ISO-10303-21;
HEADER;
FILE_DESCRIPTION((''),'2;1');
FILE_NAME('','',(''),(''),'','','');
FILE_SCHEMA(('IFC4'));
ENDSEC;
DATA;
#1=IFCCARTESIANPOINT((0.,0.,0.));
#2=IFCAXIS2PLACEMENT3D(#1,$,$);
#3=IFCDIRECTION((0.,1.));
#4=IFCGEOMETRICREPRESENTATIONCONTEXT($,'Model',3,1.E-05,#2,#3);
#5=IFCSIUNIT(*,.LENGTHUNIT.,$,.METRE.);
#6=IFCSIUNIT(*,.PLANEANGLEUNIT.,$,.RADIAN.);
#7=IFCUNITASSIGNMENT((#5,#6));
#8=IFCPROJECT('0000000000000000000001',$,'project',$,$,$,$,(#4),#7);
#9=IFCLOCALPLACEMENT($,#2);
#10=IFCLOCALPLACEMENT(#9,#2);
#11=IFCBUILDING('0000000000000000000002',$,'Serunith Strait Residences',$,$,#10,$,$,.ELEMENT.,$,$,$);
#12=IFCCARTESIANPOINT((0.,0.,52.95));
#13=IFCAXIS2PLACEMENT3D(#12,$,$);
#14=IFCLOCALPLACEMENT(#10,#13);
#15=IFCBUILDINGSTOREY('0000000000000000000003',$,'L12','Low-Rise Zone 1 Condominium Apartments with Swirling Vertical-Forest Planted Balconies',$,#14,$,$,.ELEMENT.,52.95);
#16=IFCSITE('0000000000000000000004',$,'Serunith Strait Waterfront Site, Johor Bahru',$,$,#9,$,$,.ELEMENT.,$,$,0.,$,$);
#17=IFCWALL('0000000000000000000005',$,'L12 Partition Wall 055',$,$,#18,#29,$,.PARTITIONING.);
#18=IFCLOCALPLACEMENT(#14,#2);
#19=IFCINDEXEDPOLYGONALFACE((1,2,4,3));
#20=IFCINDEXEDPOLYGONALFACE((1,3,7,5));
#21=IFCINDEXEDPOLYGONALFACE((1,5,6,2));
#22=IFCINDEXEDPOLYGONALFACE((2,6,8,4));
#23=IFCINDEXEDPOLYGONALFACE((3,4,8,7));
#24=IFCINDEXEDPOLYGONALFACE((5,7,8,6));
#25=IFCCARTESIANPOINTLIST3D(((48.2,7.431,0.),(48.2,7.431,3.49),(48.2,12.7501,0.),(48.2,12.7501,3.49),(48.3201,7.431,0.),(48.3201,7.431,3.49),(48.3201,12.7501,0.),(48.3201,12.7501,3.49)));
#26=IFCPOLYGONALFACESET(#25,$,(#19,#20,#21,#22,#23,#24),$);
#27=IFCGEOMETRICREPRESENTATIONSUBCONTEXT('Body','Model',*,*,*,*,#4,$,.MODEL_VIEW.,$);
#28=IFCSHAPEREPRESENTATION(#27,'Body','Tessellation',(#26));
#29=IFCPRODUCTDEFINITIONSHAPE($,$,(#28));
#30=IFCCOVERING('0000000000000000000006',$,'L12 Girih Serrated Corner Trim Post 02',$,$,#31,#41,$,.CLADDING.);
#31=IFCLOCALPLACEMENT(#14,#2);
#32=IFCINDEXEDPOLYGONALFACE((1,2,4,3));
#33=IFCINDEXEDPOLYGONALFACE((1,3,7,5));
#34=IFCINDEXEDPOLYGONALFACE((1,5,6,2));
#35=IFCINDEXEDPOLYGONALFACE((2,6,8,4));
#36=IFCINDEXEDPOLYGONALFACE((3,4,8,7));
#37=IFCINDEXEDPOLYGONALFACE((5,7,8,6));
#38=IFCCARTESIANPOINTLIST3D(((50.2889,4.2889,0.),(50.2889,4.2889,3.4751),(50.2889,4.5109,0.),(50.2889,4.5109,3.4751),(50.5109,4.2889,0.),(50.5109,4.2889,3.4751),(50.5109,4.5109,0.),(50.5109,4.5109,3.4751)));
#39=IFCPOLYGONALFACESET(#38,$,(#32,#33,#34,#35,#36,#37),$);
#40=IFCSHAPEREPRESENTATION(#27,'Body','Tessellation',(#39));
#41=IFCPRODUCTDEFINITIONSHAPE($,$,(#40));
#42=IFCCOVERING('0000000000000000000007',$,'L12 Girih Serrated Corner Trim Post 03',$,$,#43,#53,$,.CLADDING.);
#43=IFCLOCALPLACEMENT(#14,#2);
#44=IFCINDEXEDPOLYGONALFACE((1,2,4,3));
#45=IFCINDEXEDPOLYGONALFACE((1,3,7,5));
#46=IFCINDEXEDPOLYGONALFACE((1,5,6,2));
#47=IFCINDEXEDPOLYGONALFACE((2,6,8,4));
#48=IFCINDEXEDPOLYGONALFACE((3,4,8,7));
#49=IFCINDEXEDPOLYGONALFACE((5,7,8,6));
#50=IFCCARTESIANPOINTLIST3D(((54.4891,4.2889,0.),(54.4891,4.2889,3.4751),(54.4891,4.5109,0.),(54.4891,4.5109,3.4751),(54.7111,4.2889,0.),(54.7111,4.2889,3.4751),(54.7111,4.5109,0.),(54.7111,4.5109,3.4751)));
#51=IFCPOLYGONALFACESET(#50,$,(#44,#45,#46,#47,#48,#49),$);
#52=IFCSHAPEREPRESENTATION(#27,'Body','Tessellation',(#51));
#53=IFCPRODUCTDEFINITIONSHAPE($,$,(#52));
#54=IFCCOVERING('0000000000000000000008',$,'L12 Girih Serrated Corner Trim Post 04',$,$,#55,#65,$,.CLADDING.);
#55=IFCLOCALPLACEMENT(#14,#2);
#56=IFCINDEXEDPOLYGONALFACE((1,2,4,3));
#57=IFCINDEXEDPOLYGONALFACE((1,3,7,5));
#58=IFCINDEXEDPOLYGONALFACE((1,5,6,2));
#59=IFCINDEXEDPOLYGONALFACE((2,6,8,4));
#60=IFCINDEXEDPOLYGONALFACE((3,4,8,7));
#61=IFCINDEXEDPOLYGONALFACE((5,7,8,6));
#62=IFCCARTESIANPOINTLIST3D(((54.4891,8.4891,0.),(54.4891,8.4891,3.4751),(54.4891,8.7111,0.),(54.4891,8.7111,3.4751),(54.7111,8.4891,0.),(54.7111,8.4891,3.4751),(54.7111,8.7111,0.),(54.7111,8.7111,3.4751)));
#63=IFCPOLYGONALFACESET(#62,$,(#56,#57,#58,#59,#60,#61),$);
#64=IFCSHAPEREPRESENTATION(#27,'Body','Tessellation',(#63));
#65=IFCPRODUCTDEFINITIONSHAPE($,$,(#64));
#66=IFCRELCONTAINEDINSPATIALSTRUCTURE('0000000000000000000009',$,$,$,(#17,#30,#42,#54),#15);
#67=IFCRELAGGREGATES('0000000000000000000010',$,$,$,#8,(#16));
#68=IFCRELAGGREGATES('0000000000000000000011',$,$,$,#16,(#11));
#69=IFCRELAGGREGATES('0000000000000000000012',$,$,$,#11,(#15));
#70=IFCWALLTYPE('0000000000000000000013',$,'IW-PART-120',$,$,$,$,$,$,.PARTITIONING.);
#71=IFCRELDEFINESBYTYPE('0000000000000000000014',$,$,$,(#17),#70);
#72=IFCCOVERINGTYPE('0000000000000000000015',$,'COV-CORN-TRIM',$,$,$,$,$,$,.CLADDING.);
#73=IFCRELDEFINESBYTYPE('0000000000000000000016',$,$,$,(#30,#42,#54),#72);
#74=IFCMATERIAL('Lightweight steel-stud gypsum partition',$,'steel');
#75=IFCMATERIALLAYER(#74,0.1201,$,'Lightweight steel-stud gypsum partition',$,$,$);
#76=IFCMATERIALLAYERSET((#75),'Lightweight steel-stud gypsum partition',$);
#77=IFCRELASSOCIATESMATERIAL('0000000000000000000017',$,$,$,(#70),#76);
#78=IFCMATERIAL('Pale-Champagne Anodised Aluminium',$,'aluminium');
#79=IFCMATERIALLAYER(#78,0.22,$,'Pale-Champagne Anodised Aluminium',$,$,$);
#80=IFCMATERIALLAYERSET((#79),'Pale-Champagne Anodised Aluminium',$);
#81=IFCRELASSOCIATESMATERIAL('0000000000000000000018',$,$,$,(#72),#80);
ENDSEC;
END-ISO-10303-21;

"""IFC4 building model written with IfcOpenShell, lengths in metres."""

from ifc_helpers import new_model, si_unit, direction, frame, frame_2d, origin, origin_2d, place, context, subcontext, project, spatial, rectangle, extrude, source, transform, mapped, material, layer, layer_set, type_object, element, save


model = new_model("IFC4")

# Units and contexts
model_context = context("Model", 3, precision=1e-05, world=origin(), true_north=direction((0.0, 1.0)))
body_context = subcontext(model_context, "Body", "Model", "MODEL_VIEW")
ifc_project = project(units=[si_unit("LENGTHUNIT", "METRE"), si_unit("PLANEANGLEUNIT", "RADIAN")], contexts=[model_context])

# Site, building, storey
site_placement = place(None, origin())
site = spatial("IfcSite", under=ifc_project, at=site_placement, Name="Serunith Strait Waterfront Site, Johor Bahru", CompositionType="ELEMENT", RefElevation=0.0)
building_placement = place(site_placement, origin())
building = spatial("IfcBuilding", under=site, at=building_placement, Name="Serunith Strait Residences", CompositionType="ELEMENT")
storey_placement = place(building_placement, frame((0.0, 0.0, 52.95)))
storey = spatial("IfcBuildingStorey", under=building, at=storey_placement, Name="L12", Description="Low-Rise Zone 1 Condominium Apartments with Swirling Vertical-Forest Planted Balconies", CompositionType="ELEMENT", Elevation=52.95)

# Shared definitions
ifc_material_1 = material(Name="Pale-Champagne Anodised Aluminium", Category="aluminium")

# Shared definitions
ifc_material_2 = material(Name="Lightweight steel-stud gypsum partition", Category="steel")
ifc_layer_1 = layer(ifc_material_2, 0.1201, Name="Lightweight steel-stud gypsum partition")
ifc_layer_set_1 = layer_set([ifc_layer_1], Name="Lightweight steel-stud gypsum partition")
wall_type_1 = type_object("IfcWallType", Name="IW-PART-120", PredefinedType="PARTITIONING", material=ifc_layer_set_1)

# Wall
wall_1_placement = place(storey_placement, frame((48.26, 7.4309, 0.0), z_axis=(0.0, 0.0, 1.0), x_axis=(0.0, 1.0, 0.0)))
element("IfcWall", 1, at=wall_1_placement, inside=storey, type_object=wall_type_1, Name="L12 Partition Wall 055", PredefinedType="PARTITIONING", context=body_context, shape_type="SweptSolid", body=[
    extrude(rectangle(XDim=5.3191, YDim=0.1201, at=frame_2d((2.6597, 0.0))), origin(), (0.0, 0.0, 1.0), 3.49),
])

# Coverings
ifc_layer_2 = layer(ifc_material_1, 0.22, Name="Pale-Champagne Anodised Aluminium")
ifc_layer_set_2 = layer_set([ifc_layer_2], Name="Pale-Champagne Anodised Aluminium")
covering_type = type_object("IfcCoveringType", Name="COV-CORN-TRIM", PredefinedType="CLADDING", material=ifc_layer_set_2)
shared_shape_1 = source(origin(), body_context, "Body", "SweptSolid", [
    extrude(rectangle(XDim=0.2219, YDim=0.2219, at=origin_2d()), origin(), (0.0, 0.0, 1.0), 3.4751),
])
for number, where, z_axis, x_axis, name in (
    (2, (50.3999, 4.3999, 0.0), (0.0, 0.0, 1.0), (1.0, 0.0, 0.0), "L12 Girih Serrated Corner Trim Post 02"),
    (3, (54.6001, 4.3999, 0.0), (0.0, 0.0, 1.0), (1.0, 0.0, 0.0), "L12 Girih Serrated Corner Trim Post 03"),
    (4, (54.6001, 8.6001, 0.0), (0.0, 0.0, 1.0), (1.0, 0.0, 0.0), "L12 Girih Serrated Corner Trim Post 04"),
):
    element("IfcCovering", number, at=place(storey_placement, frame(where, z_axis=z_axis, x_axis=x_axis)), inside=storey, type_object=covering_type, Name=name, PredefinedType="CLADDING", context=body_context, shape_type="MappedRepresentation", body=[
        mapped(shared_shape_1, transform((0.0, 0.0, 0.0), scale=1.0)),
    ])

save(model, "model.ifc")
